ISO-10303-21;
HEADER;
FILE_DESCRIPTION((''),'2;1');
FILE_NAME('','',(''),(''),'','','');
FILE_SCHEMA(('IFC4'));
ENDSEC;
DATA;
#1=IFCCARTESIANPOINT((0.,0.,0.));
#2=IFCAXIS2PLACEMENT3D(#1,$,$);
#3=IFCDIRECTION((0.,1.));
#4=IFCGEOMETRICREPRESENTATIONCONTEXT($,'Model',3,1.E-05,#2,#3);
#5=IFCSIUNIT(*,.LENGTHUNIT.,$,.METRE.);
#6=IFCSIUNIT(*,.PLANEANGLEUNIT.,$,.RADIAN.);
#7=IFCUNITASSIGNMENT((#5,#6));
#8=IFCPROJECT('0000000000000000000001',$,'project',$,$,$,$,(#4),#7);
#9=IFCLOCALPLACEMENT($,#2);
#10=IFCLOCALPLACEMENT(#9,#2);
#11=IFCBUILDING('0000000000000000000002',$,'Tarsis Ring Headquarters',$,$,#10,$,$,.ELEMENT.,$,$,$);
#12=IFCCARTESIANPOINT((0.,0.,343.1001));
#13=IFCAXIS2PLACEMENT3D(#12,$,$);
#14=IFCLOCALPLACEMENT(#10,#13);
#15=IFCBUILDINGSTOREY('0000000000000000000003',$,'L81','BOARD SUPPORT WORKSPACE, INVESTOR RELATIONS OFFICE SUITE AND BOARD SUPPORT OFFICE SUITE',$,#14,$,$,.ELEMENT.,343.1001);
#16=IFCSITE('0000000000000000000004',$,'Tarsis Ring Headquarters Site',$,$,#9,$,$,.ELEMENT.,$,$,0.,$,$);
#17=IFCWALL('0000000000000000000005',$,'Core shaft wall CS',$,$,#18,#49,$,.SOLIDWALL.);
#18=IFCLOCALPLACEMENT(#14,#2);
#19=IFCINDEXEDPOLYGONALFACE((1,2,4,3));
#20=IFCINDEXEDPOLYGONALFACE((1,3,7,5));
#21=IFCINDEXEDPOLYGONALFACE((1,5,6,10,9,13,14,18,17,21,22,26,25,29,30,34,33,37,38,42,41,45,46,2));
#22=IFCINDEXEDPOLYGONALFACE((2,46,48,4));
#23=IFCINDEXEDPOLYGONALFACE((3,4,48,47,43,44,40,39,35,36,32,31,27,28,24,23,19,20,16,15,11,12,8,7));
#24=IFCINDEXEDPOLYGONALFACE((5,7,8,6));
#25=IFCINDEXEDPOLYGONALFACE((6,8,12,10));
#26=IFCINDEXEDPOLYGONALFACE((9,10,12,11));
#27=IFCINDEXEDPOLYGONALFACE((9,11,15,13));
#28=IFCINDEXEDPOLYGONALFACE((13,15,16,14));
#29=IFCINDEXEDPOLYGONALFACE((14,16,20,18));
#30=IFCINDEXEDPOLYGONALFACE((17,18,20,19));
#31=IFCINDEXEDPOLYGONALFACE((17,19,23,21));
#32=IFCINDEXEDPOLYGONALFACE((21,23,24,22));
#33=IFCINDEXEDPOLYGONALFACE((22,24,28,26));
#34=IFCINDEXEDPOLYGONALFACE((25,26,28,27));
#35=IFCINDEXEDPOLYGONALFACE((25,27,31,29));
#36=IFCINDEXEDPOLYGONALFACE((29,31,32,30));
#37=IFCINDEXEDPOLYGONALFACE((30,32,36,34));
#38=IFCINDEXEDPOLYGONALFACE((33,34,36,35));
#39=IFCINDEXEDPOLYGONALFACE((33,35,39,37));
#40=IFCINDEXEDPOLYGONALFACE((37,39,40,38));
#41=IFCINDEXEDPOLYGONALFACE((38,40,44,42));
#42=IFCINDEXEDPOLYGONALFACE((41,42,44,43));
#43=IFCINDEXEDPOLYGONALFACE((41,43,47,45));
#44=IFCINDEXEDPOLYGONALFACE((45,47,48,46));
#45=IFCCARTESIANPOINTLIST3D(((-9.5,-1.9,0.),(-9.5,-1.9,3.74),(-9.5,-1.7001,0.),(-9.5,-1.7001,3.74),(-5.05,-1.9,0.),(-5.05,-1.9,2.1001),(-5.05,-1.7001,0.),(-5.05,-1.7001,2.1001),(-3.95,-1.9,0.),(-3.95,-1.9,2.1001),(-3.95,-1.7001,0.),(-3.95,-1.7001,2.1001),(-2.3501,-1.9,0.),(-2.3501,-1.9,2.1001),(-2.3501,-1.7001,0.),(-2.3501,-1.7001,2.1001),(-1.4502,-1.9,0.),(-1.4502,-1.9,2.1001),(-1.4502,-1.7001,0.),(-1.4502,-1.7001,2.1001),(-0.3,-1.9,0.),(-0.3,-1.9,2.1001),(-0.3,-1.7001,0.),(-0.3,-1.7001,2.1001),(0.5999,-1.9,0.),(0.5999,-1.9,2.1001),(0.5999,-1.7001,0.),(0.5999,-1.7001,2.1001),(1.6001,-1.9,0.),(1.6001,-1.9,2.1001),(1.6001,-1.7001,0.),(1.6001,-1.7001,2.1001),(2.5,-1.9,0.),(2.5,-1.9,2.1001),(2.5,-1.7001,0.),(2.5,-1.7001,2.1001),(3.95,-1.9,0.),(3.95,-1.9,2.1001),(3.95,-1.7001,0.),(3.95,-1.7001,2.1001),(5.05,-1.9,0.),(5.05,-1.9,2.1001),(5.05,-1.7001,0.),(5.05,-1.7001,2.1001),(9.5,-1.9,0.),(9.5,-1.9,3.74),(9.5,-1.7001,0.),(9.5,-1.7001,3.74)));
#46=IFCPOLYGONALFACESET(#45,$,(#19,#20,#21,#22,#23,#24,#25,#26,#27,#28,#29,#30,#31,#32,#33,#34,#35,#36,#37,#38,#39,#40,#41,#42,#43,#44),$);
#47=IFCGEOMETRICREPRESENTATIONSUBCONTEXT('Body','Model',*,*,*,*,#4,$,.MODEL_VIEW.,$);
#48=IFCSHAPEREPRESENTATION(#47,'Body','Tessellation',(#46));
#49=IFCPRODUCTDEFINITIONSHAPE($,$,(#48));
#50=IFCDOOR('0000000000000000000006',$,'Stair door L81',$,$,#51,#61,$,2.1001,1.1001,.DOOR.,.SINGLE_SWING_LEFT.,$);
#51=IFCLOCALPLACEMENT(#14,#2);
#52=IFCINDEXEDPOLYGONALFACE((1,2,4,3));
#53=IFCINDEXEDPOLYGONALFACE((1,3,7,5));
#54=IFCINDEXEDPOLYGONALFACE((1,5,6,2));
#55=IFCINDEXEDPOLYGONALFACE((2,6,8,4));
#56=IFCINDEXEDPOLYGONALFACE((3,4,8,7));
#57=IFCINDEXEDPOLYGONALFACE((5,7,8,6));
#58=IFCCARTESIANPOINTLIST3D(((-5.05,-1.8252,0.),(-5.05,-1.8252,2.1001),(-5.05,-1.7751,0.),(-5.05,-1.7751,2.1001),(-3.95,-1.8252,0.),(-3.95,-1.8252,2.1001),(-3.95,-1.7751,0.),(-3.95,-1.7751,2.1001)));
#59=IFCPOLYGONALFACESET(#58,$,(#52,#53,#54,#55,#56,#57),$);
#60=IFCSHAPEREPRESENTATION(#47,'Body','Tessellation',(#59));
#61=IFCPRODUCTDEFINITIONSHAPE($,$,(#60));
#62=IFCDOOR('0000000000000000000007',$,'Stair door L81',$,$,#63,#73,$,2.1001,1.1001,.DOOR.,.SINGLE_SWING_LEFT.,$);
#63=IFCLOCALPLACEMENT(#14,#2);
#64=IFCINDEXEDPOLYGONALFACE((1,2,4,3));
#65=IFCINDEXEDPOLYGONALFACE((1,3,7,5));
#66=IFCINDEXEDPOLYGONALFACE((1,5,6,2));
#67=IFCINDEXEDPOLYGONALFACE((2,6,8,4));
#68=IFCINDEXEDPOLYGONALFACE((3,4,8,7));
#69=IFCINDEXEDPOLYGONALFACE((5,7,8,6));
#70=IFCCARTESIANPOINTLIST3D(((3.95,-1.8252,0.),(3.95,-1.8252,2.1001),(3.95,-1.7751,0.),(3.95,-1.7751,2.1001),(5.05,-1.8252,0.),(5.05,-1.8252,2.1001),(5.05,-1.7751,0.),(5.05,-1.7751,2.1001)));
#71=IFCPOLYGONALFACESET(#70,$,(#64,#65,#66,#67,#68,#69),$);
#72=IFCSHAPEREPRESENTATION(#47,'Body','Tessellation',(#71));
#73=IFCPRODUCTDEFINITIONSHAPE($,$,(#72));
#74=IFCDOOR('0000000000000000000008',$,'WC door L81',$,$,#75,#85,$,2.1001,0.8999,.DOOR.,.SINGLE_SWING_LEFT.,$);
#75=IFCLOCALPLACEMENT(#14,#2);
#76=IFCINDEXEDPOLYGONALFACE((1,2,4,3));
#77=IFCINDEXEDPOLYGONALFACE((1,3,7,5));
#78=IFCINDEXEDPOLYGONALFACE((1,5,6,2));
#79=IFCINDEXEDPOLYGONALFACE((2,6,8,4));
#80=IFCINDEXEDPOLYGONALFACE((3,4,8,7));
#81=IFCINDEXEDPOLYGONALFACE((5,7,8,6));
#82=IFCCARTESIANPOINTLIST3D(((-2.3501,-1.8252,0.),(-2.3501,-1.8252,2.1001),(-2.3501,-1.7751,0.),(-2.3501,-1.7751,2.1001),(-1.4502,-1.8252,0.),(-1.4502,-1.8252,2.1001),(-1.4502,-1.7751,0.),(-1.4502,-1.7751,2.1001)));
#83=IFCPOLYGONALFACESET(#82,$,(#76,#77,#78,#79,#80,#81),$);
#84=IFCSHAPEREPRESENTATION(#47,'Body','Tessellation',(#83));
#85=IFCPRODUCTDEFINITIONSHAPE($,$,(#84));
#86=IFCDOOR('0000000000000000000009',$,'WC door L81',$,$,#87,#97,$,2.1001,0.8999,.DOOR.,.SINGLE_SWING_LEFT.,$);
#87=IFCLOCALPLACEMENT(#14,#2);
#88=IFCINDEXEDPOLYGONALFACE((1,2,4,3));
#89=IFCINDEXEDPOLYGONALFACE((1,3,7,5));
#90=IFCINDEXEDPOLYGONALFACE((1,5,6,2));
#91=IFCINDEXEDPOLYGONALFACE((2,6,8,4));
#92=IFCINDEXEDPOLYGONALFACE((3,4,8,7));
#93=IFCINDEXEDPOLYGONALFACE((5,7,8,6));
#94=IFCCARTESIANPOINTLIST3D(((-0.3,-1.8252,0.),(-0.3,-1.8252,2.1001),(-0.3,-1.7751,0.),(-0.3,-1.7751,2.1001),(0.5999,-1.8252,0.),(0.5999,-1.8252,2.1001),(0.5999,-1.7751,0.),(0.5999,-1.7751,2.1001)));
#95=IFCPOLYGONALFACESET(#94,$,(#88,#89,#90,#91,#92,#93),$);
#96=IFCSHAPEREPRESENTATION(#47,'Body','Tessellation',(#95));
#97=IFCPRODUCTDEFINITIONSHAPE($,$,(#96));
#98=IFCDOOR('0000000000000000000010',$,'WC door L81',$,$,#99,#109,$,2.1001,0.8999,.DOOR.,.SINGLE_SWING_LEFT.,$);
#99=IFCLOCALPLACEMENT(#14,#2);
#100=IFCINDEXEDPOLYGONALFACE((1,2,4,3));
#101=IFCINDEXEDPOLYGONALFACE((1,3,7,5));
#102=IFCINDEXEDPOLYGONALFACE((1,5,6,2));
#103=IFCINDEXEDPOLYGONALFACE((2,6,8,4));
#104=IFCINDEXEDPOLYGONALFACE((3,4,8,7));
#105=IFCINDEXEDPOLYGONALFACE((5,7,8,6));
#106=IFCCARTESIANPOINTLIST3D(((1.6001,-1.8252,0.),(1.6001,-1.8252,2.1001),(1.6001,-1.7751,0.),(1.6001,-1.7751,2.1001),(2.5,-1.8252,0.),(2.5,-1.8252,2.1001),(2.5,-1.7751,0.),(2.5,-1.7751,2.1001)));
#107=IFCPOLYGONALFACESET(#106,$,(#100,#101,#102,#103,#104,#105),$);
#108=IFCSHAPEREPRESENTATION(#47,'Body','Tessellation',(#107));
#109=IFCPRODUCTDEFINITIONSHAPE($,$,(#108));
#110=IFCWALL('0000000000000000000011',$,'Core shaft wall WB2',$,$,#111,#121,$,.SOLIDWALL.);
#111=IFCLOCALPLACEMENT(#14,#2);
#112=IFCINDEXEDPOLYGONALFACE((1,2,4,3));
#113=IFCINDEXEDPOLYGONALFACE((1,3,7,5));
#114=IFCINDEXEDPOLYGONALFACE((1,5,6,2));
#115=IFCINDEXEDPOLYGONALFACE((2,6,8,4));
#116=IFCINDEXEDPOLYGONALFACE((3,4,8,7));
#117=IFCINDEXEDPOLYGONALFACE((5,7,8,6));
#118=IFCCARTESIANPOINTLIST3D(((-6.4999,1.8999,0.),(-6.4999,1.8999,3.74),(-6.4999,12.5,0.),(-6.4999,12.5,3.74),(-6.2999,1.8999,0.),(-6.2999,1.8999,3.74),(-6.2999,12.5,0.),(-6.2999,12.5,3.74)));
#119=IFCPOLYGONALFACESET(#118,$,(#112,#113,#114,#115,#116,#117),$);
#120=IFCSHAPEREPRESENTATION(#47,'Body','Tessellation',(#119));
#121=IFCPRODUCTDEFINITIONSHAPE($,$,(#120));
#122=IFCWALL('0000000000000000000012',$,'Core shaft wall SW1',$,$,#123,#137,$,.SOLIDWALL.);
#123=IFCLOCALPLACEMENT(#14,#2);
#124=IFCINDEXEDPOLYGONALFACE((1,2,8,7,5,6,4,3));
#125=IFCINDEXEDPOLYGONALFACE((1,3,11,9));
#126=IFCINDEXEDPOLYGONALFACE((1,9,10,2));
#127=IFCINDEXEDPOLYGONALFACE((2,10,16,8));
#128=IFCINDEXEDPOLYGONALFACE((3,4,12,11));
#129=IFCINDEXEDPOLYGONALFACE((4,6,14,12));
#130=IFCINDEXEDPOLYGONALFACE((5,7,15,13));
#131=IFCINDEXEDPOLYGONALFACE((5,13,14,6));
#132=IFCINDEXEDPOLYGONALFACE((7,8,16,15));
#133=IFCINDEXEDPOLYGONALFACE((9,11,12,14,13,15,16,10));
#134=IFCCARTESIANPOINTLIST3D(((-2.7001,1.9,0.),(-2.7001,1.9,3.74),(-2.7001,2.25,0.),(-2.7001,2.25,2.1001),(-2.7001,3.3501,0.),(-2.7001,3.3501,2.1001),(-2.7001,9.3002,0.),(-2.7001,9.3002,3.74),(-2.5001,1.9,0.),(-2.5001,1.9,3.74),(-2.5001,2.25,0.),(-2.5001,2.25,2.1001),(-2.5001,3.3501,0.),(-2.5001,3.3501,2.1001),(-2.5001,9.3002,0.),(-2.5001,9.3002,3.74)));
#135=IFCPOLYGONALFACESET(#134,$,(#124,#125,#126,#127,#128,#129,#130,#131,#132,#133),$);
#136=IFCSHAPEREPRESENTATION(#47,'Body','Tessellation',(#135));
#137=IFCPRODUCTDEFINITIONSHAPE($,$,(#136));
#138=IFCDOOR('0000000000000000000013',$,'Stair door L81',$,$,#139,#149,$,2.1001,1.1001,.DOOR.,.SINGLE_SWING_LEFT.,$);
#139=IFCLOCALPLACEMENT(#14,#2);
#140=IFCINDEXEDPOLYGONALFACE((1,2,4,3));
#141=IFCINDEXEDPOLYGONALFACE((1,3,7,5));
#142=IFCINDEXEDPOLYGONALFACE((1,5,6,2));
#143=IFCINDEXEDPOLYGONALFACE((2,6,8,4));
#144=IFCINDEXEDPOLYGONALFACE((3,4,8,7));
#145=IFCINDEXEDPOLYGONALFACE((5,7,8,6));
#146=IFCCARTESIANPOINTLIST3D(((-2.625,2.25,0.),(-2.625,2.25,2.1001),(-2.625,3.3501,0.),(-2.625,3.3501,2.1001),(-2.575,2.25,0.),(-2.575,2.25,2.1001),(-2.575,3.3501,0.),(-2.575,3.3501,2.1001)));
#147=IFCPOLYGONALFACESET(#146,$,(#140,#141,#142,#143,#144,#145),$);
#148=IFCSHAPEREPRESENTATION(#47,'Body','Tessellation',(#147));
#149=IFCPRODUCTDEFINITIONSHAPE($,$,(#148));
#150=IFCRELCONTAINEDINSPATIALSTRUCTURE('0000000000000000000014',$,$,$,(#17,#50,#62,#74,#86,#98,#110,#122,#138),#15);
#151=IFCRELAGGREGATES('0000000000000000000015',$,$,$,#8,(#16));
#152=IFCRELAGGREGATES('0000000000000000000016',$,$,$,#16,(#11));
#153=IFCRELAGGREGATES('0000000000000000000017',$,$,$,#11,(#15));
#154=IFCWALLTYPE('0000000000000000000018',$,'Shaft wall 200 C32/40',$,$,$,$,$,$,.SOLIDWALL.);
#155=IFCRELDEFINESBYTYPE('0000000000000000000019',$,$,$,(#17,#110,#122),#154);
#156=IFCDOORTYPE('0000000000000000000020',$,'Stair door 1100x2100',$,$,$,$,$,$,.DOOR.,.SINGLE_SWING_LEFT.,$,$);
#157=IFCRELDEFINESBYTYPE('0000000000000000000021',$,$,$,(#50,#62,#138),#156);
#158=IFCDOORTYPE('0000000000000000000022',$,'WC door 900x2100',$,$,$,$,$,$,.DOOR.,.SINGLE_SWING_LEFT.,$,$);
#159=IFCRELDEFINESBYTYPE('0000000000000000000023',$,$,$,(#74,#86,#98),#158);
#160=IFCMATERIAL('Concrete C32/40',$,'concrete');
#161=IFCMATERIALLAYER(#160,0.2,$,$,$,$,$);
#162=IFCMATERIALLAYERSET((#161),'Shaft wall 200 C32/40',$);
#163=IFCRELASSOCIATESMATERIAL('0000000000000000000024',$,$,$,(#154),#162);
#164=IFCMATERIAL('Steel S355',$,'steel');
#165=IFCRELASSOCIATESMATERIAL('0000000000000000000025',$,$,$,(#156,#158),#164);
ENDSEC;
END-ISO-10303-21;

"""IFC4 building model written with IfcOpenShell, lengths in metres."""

from ifc_helpers import new_model, si_unit, direction, frame, frame_2d, origin, place, context, subcontext, project, spatial, rectangle, extrude, material, layer, layer_set, type_object, element, fill, save


model = new_model("IFC4")

# Units and contexts
model_context = context("Model", 3, precision=1e-05, world=origin(), true_north=direction((0.0, 1.0)))
body_context = subcontext(model_context, "Body", "Model", "MODEL_VIEW")
ifc_project = project(units=[si_unit("LENGTHUNIT", "METRE"), si_unit("PLANEANGLEUNIT", "RADIAN")], contexts=[model_context])

# Site, building, storey
site_placement = place(None, origin())
site = spatial("IfcSite", under=ifc_project, at=site_placement, Name="Tarsis Ring Headquarters Site", CompositionType="ELEMENT", RefElevation=0.0)
building_placement = place(site_placement, origin())
building = spatial("IfcBuilding", under=site, at=building_placement, Name="Tarsis Ring Headquarters", CompositionType="ELEMENT")
storey_placement = place(building_placement, frame((0.0, 0.0, 343.1001)))
storey = spatial("IfcBuildingStorey", under=building, at=storey_placement, Name="L81", Description="BOARD SUPPORT WORKSPACE, INVESTOR RELATIONS OFFICE SUITE AND BOARD SUPPORT OFFICE SUITE", CompositionType="ELEMENT", Elevation=343.1001)

# Wall, openings, doors
ifc_material_1 = material(Name="Concrete C32/40", Category="concrete")
ifc_layer = layer(ifc_material_1, 0.2)
ifc_layer_set = layer_set([ifc_layer], Name="Shaft wall 200 C32/40")
wall_type = type_object("IfcWallType", Name="Shaft wall 200 C32/40", PredefinedType="SOLIDWALL", material=ifc_layer_set)
ifc_material_2 = material(Name="Steel S355", Category="steel")
door_type_1 = type_object("IfcDoorType", Name="Stair door 1100x2100", OperationType="SINGLE_SWING_LEFT", PredefinedType="DOOR", material=ifc_material_2)
wall_1_placement = place(storey_placement, frame((-9.5, -1.8, 0.0), z_axis=(0.0, 0.0, 1.0), x_axis=(1.0, 0.0, 0.0)))
wall_1 = element("IfcWall", 1, at=wall_1_placement, inside=storey, type_object=wall_type, Name="Core shaft wall CS", PredefinedType="SOLIDWALL", context=body_context, shape_type="SweptSolid", body=[
    extrude(rectangle(XDim=19.0, YDim=0.2, at=frame_2d((9.5, 0.0))), origin(), (0.0, 0.0, 1.0), 3.74),
])
opening_1_placement = place(wall_1_placement, frame((4.45, 0.0, 0.0)))
opening_1 = element("IfcOpeningElement", 2, at=opening_1_placement, cuts=wall_1, PredefinedType="OPENING", context=body_context, shape_type="SweptSolid", body=[
    extrude(rectangle(XDim=1.1001, YDim=2.1001, at=frame_2d((0.55, 1.05))), frame((0.0, 0.1099, 0.0), z_axis=(0.0, -1.0, 0.0), x_axis=(1.0, 0.0, 0.0)), (0.0, 0.0, 1.0), 0.22),
])
opening_2_placement = place(wall_1_placement, frame((7.1499, 0.0, 0.0)))
opening_2 = element("IfcOpeningElement", 3, at=opening_2_placement, cuts=wall_1, PredefinedType="OPENING", context=body_context, shape_type="SweptSolid", body=[
    extrude(rectangle(XDim=0.8999, YDim=2.1001, at=frame_2d((0.45, 1.05))), frame((0.0, 0.1099, 0.0), z_axis=(0.0, -1.0, 0.0), x_axis=(1.0, 0.0, 0.0)), (0.0, 0.0, 1.0), 0.22),
])
opening_3_placement = place(wall_1_placement, frame((9.2, 0.0, 0.0)))
opening_3 = element("IfcOpeningElement", 4, at=opening_3_placement, cuts=wall_1, PredefinedType="OPENING", context=body_context, shape_type="SweptSolid", body=[
    extrude(rectangle(XDim=0.8999, YDim=2.1001, at=frame_2d((0.45, 1.05))), frame((0.0, 0.1099, 0.0), z_axis=(0.0, -1.0, 0.0), x_axis=(1.0, 0.0, 0.0)), (0.0, 0.0, 1.0), 0.22),
])
opening_4_placement = place(wall_1_placement, frame((11.1001, 0.0, 0.0)))
opening_4 = element("IfcOpeningElement", 5, at=opening_4_placement, cuts=wall_1, PredefinedType="OPENING", context=body_context, shape_type="SweptSolid", body=[
    extrude(rectangle(XDim=0.8999, YDim=2.1001, at=frame_2d((0.45, 1.05))), frame((0.0, 0.1099, 0.0), z_axis=(0.0, -1.0, 0.0), x_axis=(1.0, 0.0, 0.0)), (0.0, 0.0, 1.0), 0.22),
])
opening_5_placement = place(wall_1_placement, frame((13.45, 0.0, 0.0)))
opening_5 = element("IfcOpeningElement", 6, at=opening_5_placement, cuts=wall_1, PredefinedType="OPENING", context=body_context, shape_type="SweptSolid", body=[
    extrude(rectangle(XDim=1.1001, YDim=2.1001, at=frame_2d((0.55, 1.05))), frame((0.0, 0.1099, 0.0), z_axis=(0.0, -1.0, 0.0), x_axis=(1.0, 0.0, 0.0)), (0.0, 0.0, 1.0), 0.22),
])
door_1_placement = place(opening_1_placement, origin())
door_1 = element("IfcDoor", 7, at=door_1_placement, inside=storey, type_object=door_type_1, Name="Stair door L81", OperationType="SINGLE_SWING_LEFT", OverallHeight=2.1001, OverallWidth=1.1001, PredefinedType="DOOR", context=body_context, shape_type="SweptSolid", body=[
    extrude(rectangle(XDim=1.1001, YDim=2.1001, at=frame_2d((0.55, 1.05))), frame((0.0, 0.0249, 0.0), z_axis=(0.0, -1.0, 0.0), x_axis=(1.0, 0.0, 0.0)), (0.0, 0.0, 1.0), 0.05),
])
fill(opening_1, door_1)
door_2_placement = place(opening_5_placement, origin())
door_2 = element("IfcDoor", 8, at=door_2_placement, inside=storey, type_object=door_type_1, Name="Stair door L81", OperationType="SINGLE_SWING_LEFT", OverallHeight=2.1001, OverallWidth=1.1001, PredefinedType="DOOR", context=body_context, shape_type="SweptSolid", body=[
    extrude(rectangle(XDim=1.1001, YDim=2.1001, at=frame_2d((0.55, 1.05))), frame((0.0, 0.0249, 0.0), z_axis=(0.0, -1.0, 0.0), x_axis=(1.0, 0.0, 0.0)), (0.0, 0.0, 1.0), 0.05),
])
fill(opening_5, door_2)
door_type_2 = type_object("IfcDoorType", Name="WC door 900x2100", OperationType="SINGLE_SWING_LEFT", PredefinedType="DOOR", material=ifc_material_2)
door_3_placement = place(opening_2_placement, origin())
door_3 = element("IfcDoor", 9, at=door_3_placement, inside=storey, type_object=door_type_2, Name="WC door L81", OperationType="SINGLE_SWING_LEFT", OverallHeight=2.1001, OverallWidth=0.8999, PredefinedType="DOOR", context=body_context, shape_type="SweptSolid", body=[
    extrude(rectangle(XDim=0.8999, YDim=2.1001, at=frame_2d((0.45, 1.05))), frame((0.0, 0.0249, 0.0), z_axis=(0.0, -1.0, 0.0), x_axis=(1.0, 0.0, 0.0)), (0.0, 0.0, 1.0), 0.05),
])
fill(opening_2, door_3)
door_4_placement = place(opening_3_placement, origin())
door_4 = element("IfcDoor", 10, at=door_4_placement, inside=storey, type_object=door_type_2, Name="WC door L81", OperationType="SINGLE_SWING_LEFT", OverallHeight=2.1001, OverallWidth=0.8999, PredefinedType="DOOR", context=body_context, shape_type="SweptSolid", body=[
    extrude(rectangle(XDim=0.8999, YDim=2.1001, at=frame_2d((0.45, 1.05))), frame((0.0, 0.0249, 0.0), z_axis=(0.0, -1.0, 0.0), x_axis=(1.0, 0.0, 0.0)), (0.0, 0.0, 1.0), 0.05),
])
fill(opening_3, door_4)
door_5_placement = place(opening_4_placement, origin())
door_5 = element("IfcDoor", 11, at=door_5_placement, inside=storey, type_object=door_type_2, Name="WC door L81", OperationType="SINGLE_SWING_LEFT", OverallHeight=2.1001, OverallWidth=0.8999, PredefinedType="DOOR", context=body_context, shape_type="SweptSolid", body=[
    extrude(rectangle(XDim=0.8999, YDim=2.1001, at=frame_2d((0.45, 1.05))), frame((0.0, 0.0249, 0.0), z_axis=(0.0, -1.0, 0.0), x_axis=(1.0, 0.0, 0.0)), (0.0, 0.0, 1.0), 0.05),
])
fill(opening_4, door_5)

# Wall
wall_2_placement = place(storey_placement, frame((-6.3999, 1.8999, 0.0), z_axis=(0.0, 0.0, 1.0), x_axis=(0.0, 1.0, 0.0)))
element("IfcWall", 12, at=wall_2_placement, inside=storey, type_object=wall_type, Name="Core shaft wall WB2", PredefinedType="SOLIDWALL", context=body_context, shape_type="SweptSolid", body=[
    extrude(rectangle(XDim=10.6001, YDim=0.2, at=frame_2d((5.3, 0.0))), origin(), (0.0, 0.0, 1.0), 3.74),
])

# Wall, opening, door
wall_3_placement = place(storey_placement, frame((-2.6001, 1.8999, 0.0), z_axis=(0.0, 0.0, 1.0), x_axis=(0.0, 1.0, 0.0)))
wall_3 = element("IfcWall", 13, at=wall_3_placement, inside=storey, type_object=wall_type, Name="Core shaft wall SW1", PredefinedType="SOLIDWALL", context=body_context, shape_type="SweptSolid", body=[
    extrude(rectangle(XDim=7.4001, YDim=0.2, at=frame_2d((3.7002, 0.0))), origin(), (0.0, 0.0, 1.0), 3.74),
])
opening_6_placement = place(wall_3_placement, frame((0.3501, 0.0, 0.0)))
opening_6 = element("IfcOpeningElement", 14, at=opening_6_placement, cuts=wall_3, PredefinedType="OPENING", context=body_context, shape_type="SweptSolid", body=[
    extrude(rectangle(XDim=1.1001, YDim=2.1001, at=frame_2d((0.55, 1.05))), frame((0.0, 0.1099, 0.0), z_axis=(0.0, -1.0, 0.0), x_axis=(1.0, 0.0, 0.0)), (0.0, 0.0, 1.0), 0.22),
])
door_6_placement = place(opening_6_placement, origin())
door_6 = element("IfcDoor", 15, at=door_6_placement, inside=storey, type_object=door_type_1, Name="Stair door L81", OperationType="SINGLE_SWING_LEFT", OverallHeight=2.1001, OverallWidth=1.1001, PredefinedType="DOOR", context=body_context, shape_type="SweptSolid", body=[
    extrude(rectangle(XDim=1.1001, YDim=2.1001, at=frame_2d((0.55, 1.05))), frame((0.0, 0.0249, 0.0), z_axis=(0.0, -1.0, 0.0), x_axis=(1.0, 0.0, 0.0)), (0.0, 0.0, 1.0), 0.05),
])
fill(opening_6, door_6)

save(model, "model.ifc")
